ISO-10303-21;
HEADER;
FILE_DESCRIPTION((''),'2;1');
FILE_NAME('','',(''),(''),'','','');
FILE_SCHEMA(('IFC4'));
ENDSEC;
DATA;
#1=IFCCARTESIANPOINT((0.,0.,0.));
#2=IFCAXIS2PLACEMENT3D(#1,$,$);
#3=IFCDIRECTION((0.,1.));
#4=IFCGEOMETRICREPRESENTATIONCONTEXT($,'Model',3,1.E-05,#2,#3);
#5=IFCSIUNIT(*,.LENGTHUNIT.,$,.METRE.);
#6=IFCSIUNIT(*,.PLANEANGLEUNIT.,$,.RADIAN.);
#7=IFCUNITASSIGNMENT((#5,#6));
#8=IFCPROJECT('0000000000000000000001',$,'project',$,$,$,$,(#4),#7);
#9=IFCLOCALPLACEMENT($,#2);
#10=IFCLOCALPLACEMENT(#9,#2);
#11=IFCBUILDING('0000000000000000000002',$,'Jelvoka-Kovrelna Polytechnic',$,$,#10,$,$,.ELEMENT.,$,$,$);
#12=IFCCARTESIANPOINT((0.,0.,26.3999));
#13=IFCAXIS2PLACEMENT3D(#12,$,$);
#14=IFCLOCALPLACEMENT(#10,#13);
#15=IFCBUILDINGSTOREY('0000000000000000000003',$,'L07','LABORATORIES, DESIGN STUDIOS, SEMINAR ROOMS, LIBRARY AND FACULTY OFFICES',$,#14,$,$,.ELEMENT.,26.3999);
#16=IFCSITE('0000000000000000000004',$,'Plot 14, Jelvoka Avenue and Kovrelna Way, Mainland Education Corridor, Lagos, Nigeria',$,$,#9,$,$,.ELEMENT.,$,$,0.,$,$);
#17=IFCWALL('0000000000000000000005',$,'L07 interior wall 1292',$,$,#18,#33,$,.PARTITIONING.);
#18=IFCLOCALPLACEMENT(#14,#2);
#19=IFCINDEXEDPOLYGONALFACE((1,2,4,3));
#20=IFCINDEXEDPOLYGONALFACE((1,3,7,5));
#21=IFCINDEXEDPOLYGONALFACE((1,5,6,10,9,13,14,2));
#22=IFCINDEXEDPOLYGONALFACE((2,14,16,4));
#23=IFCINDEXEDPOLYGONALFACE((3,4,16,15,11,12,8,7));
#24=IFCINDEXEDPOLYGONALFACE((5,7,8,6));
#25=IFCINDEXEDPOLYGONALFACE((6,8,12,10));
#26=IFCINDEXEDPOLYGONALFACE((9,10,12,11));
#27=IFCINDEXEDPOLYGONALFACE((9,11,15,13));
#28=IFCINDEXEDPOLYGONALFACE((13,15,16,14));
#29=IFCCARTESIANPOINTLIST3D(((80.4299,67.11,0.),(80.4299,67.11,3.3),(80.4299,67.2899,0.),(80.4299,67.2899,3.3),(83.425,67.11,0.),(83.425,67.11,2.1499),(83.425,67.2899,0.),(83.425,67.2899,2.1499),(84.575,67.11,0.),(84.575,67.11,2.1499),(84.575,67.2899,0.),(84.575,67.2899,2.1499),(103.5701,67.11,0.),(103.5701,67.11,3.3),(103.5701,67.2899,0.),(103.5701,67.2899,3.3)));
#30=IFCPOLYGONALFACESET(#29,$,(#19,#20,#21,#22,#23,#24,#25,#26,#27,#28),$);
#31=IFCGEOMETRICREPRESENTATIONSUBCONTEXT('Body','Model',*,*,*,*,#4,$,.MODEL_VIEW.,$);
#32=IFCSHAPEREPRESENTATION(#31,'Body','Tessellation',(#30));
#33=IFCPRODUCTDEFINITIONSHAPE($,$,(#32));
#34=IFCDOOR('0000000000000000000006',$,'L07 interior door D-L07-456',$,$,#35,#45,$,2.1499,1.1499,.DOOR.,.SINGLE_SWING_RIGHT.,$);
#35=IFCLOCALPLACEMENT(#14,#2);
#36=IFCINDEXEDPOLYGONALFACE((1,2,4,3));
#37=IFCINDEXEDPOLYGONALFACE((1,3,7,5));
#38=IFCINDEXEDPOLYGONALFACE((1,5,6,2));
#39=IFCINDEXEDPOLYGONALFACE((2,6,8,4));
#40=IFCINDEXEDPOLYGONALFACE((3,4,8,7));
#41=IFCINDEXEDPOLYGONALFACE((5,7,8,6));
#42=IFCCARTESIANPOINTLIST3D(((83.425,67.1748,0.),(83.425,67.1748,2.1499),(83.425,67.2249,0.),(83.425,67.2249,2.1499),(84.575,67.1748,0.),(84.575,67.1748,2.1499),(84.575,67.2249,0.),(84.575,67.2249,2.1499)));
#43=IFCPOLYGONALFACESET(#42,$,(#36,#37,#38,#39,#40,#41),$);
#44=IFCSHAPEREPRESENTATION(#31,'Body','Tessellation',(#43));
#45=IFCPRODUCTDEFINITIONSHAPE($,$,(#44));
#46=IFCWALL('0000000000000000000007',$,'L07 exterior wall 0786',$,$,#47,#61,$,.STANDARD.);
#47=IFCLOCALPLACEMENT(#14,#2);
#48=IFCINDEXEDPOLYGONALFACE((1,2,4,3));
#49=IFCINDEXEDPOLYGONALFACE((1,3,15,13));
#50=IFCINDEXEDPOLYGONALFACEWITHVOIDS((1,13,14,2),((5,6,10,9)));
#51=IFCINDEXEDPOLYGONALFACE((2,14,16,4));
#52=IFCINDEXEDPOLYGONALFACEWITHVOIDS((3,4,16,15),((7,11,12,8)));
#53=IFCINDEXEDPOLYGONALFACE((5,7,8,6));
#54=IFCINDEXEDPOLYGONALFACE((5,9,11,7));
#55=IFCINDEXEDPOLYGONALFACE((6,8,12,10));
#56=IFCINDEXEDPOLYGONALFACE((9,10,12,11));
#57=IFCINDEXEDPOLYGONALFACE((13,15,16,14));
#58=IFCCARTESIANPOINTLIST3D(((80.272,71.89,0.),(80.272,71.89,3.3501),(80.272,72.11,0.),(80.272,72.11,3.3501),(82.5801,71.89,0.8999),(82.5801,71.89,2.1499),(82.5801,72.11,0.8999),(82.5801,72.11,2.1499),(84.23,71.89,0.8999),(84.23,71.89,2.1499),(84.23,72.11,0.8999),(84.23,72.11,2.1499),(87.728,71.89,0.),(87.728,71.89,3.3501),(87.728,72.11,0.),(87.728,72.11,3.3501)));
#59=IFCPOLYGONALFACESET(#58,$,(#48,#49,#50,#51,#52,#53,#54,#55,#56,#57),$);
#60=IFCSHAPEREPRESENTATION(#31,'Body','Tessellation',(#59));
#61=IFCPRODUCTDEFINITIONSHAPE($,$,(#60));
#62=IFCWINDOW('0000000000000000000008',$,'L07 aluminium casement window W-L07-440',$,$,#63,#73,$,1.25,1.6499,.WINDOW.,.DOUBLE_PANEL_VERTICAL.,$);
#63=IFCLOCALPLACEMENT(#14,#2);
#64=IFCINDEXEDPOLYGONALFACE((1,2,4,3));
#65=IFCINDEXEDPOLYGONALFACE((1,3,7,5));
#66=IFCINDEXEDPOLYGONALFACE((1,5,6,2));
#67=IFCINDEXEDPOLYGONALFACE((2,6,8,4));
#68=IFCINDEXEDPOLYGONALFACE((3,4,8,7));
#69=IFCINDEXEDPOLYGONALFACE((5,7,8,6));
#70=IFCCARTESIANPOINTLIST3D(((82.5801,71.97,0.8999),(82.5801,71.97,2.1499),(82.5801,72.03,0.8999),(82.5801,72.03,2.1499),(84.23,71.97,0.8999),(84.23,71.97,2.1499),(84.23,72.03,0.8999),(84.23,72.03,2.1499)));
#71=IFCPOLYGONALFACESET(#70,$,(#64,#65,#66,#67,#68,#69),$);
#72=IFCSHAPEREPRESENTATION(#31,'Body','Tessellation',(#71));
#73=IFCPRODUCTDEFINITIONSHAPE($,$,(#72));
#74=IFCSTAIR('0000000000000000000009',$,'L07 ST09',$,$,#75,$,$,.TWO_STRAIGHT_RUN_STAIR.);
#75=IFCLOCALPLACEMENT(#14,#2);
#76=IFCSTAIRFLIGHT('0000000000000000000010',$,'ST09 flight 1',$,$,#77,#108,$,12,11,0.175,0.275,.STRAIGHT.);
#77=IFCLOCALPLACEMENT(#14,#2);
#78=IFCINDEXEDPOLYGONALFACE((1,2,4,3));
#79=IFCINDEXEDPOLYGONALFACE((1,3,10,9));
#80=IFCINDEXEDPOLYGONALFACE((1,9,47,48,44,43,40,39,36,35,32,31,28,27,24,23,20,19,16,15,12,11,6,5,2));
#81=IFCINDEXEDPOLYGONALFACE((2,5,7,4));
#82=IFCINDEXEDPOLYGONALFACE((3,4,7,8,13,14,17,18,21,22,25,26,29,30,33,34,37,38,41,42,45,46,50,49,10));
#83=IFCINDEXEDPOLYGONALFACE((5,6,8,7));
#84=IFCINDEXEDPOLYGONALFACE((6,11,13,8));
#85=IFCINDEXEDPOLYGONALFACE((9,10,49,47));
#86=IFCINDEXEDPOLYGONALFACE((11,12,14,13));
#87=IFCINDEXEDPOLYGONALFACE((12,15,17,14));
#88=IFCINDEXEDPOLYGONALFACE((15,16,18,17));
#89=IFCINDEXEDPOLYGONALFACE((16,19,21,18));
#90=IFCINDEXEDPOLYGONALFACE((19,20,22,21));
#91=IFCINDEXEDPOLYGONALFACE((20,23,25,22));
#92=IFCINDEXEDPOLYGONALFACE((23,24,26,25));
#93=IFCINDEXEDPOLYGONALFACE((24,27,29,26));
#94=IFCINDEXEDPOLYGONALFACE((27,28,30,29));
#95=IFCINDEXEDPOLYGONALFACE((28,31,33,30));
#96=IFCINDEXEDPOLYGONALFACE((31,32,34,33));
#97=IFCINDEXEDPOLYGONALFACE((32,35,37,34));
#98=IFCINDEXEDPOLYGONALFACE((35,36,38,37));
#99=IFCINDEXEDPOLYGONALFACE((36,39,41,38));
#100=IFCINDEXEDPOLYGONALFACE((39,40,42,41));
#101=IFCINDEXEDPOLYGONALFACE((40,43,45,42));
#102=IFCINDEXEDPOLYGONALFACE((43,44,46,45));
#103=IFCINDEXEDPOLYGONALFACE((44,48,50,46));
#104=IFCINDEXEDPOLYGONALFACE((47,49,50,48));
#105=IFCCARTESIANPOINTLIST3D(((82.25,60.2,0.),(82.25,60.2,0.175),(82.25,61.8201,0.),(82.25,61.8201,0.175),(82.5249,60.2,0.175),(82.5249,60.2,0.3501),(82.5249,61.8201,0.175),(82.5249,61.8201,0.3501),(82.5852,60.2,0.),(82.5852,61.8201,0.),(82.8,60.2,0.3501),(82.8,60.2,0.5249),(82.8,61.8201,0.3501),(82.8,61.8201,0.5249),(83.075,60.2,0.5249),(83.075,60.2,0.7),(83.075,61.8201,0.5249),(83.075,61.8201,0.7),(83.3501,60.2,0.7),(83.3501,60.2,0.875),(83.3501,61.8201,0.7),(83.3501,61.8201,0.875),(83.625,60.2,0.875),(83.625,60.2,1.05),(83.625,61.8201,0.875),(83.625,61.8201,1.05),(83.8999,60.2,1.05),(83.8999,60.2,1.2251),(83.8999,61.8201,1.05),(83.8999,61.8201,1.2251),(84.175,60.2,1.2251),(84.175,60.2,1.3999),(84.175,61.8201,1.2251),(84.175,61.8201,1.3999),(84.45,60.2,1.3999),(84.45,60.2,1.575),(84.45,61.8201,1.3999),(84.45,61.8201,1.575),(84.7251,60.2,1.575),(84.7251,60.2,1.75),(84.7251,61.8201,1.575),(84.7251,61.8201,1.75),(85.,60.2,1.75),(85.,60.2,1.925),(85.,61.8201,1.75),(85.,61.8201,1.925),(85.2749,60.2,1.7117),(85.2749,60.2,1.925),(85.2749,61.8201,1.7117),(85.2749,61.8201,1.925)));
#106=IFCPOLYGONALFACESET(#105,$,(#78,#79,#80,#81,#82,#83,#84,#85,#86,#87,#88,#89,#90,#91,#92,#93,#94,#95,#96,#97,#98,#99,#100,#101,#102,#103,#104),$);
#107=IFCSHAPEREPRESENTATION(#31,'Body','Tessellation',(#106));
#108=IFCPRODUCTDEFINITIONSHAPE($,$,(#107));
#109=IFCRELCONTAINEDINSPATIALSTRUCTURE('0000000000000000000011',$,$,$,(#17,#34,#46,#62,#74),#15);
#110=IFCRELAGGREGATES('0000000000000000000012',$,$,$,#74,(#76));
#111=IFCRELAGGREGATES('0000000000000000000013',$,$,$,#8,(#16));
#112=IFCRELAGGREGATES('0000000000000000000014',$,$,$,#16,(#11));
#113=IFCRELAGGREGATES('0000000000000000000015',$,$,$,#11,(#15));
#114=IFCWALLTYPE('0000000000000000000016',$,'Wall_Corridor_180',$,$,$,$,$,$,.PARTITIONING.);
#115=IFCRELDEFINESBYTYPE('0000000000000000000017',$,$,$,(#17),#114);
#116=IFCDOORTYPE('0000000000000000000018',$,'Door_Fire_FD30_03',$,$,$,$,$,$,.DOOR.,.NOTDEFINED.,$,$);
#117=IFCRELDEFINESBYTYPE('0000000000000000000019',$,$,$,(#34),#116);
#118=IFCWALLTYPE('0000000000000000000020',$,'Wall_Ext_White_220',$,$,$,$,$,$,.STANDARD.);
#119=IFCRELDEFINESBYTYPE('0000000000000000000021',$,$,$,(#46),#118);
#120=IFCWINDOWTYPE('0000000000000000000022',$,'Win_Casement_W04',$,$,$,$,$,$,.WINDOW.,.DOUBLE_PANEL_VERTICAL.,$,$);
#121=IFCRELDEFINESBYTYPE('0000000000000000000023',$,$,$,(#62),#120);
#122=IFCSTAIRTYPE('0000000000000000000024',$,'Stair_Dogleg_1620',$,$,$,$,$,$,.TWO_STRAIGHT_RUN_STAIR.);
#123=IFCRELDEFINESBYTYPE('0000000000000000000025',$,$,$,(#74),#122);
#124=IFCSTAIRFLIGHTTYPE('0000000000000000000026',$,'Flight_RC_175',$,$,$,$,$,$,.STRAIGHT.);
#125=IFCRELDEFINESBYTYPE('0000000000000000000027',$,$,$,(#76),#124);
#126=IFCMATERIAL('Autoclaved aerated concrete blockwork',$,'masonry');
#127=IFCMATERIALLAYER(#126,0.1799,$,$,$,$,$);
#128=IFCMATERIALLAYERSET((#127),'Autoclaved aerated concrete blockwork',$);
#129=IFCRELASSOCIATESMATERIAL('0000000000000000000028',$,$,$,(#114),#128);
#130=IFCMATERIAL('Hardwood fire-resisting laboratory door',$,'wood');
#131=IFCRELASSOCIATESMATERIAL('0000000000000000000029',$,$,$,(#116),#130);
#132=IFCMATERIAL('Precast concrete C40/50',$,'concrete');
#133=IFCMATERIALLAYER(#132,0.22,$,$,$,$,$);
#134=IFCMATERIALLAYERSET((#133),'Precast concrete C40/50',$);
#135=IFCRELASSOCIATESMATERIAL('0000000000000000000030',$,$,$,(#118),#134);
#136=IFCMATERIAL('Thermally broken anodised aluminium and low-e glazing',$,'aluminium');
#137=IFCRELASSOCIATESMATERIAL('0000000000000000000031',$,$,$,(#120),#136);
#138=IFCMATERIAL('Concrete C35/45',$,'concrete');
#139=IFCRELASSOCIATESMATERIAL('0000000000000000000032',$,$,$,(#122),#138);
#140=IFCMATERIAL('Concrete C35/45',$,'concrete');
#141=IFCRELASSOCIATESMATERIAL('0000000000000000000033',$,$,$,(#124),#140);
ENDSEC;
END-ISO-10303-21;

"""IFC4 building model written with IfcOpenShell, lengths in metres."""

from ifc_helpers import new_model, si_unit, direction, frame, frame_2d, origin, place, context, subcontext, project, spatial, polyline, rectangle, outline, extrude, material, layer, layer_set, type_object, element, fill, aggregate, save


model = new_model("IFC4")

# Units and contexts
model_context = context("Model", 3, precision=1e-05, world=origin(), true_north=direction((0.0, 1.0)))
body_context = subcontext(model_context, "Body", "Model", "MODEL_VIEW")
ifc_project = project(units=[si_unit("LENGTHUNIT", "METRE"), si_unit("PLANEANGLEUNIT", "RADIAN")], contexts=[model_context])

# Site, building, storey
site_placement = place(None, origin())
site = spatial("IfcSite", under=ifc_project, at=site_placement, Name="Plot 14, Jelvoka Avenue and Kovrelna Way, Mainland Education Corridor, Lagos, Nigeria", CompositionType="ELEMENT", RefElevation=0.0)
building_placement = place(site_placement, origin())
building = spatial("IfcBuilding", under=site, at=building_placement, Name="Jelvoka-Kovrelna Polytechnic", CompositionType="ELEMENT")
storey_placement = place(building_placement, frame((0.0, 0.0, 26.3999)))
storey = spatial("IfcBuildingStorey", under=building, at=storey_placement, Name="L07", Description="LABORATORIES, DESIGN STUDIOS, SEMINAR ROOMS, LIBRARY AND FACULTY OFFICES", CompositionType="ELEMENT", Elevation=26.3999)

# Wall, opening, door
ifc_material_1 = material(Name="Autoclaved aerated concrete blockwork", Category="masonry")
ifc_layer_1 = layer(ifc_material_1, 0.1799)
ifc_layer_set_1 = layer_set([ifc_layer_1], Name="Autoclaved aerated concrete blockwork")
wall_type_1 = type_object("IfcWallType", Name="Wall_Corridor_180", PredefinedType="PARTITIONING", material=ifc_layer_set_1)
wall_1_placement = place(storey_placement, frame((80.4299, 67.2, 0.0), z_axis=(0.0, 0.0, 1.0), x_axis=(1.0, 0.0, 0.0)))
wall_1 = element("IfcWall", 1, at=wall_1_placement, inside=storey, type_object=wall_type_1, Name="L07 interior wall 1292", PredefinedType="PARTITIONING", context=body_context, shape_type="SweptSolid", body=[
    extrude(rectangle(XDim=23.1401, YDim=0.1799, at=frame_2d((11.5701, 0.0))), origin(), (0.0, 0.0, 1.0), 3.3),
])
opening_1_placement = place(wall_1_placement, frame((2.9951, 0.0, 0.0)))
opening_1 = element("IfcOpeningElement", 2, at=opening_1_placement, cuts=wall_1, PredefinedType="OPENING", context=body_context, shape_type="SweptSolid", body=[
    extrude(rectangle(XDim=1.1499, YDim=2.1499, at=frame_2d((0.575, 1.075))), frame((0.0, 0.0999, 0.0), z_axis=(0.0, -1.0, 0.0), x_axis=(1.0, 0.0, 0.0)), (0.0, 0.0, 1.0), 0.2),
])
ifc_material_2 = material(Name="Hardwood fire-resisting laboratory door", Category="wood")
door_type_1 = type_object("IfcDoorType", Name="Door_Fire_FD30_03", OperationType="NOTDEFINED", PredefinedType="DOOR", material=ifc_material_2)
door_1_placement = place(opening_1_placement, origin())
door_1 = element("IfcDoor", 3, at=door_1_placement, inside=storey, type_object=door_type_1, Name="L07 interior door D-L07-456", OperationType="SINGLE_SWING_RIGHT", OverallHeight=2.1499, OverallWidth=1.1499, PredefinedType="DOOR", context=body_context, shape_type="SweptSolid", body=[
    extrude(rectangle(XDim=1.1499, YDim=2.1499, at=frame_2d((0.575, 1.075))), frame((0.0, 0.0249, 0.0), z_axis=(0.0, -1.0, 0.0), x_axis=(1.0, 0.0, 0.0)), (0.0, 0.0, 1.0), 0.05),
])
fill(opening_1, door_1)

# Wall, opening, window
ifc_material_3 = material(Name="Precast concrete C40/50", Category="concrete")
ifc_layer_2 = layer(ifc_material_3, 0.22)
ifc_layer_set_2 = layer_set([ifc_layer_2], Name="Precast concrete C40/50")
wall_type_2 = type_object("IfcWallType", Name="Wall_Ext_White_220", PredefinedType="STANDARD", material=ifc_layer_set_2)
wall_2_placement = place(storey_placement, frame((80.272, 72.0, 0.0), z_axis=(0.0, 0.0, 1.0), x_axis=(1.0, 0.0, 0.0)))
wall_2 = element("IfcWall", 4, at=wall_2_placement, inside=storey, type_object=wall_type_2, Name="L07 exterior wall 0786", PredefinedType="STANDARD", context=body_context, shape_type="SweptSolid", body=[
    extrude(rectangle(XDim=7.4561, YDim=0.22, at=frame_2d((3.728, 0.0))), origin(), (0.0, 0.0, 1.0), 3.3501),
])
opening_2_placement = place(wall_2_placement, frame((2.3081, 0.0, 0.8999)))
opening_2 = element("IfcOpeningElement", 5, at=opening_2_placement, cuts=wall_2, PredefinedType="OPENING", context=body_context, shape_type="SweptSolid", body=[
    extrude(rectangle(XDim=1.6499, YDim=1.25, at=frame_2d((0.825, 0.625))), frame((0.0, 0.1199, 0.0), z_axis=(0.0, -1.0, 0.0), x_axis=(1.0, 0.0, 0.0)), (0.0, 0.0, 1.0), 0.24),
])
ifc_material_4 = material(Name="Thermally broken anodised aluminium and low-e glazing", Category="aluminium")
window_type = type_object("IfcWindowType", Name="Win_Casement_W04", PartitioningType="DOUBLE_PANEL_VERTICAL", PredefinedType="WINDOW", material=ifc_material_4)
window_placement = place(opening_2_placement, origin())
window = element("IfcWindow", 6, at=window_placement, inside=storey, type_object=window_type, Name="L07 aluminium casement window W-L07-440", OverallHeight=1.25, OverallWidth=1.6499, PartitioningType="DOUBLE_PANEL_VERTICAL", PredefinedType="WINDOW", context=body_context, shape_type="SweptSolid", body=[
    extrude(rectangle(XDim=1.6499, YDim=1.25, at=frame_2d((0.825, 0.625))), frame((0.0, 0.03, 0.0), z_axis=(0.0, -1.0, 0.0), x_axis=(1.0, 0.0, 0.0)), (0.0, 0.0, 1.0), 0.0601),
])
fill(opening_2, window)

# Stair, stair flight
ifc_material_5 = material(Name="Concrete C35/45", Category="concrete")
stair_type = type_object("IfcStairType", Name="Stair_Dogleg_1620", PredefinedType="TWO_STRAIGHT_RUN_STAIR", material=ifc_material_5)
stair_placement = place(storey_placement, origin())
stair = element("IfcStair", 7, at=stair_placement, inside=storey, type_object=stair_type, Name="L07 ST09", PredefinedType="TWO_STRAIGHT_RUN_STAIR")
ifc_material_6 = material(Name="Concrete C35/45", Category="concrete")
stair_flight_type = type_object("IfcStairFlightType", Name="Flight_RC_175", PredefinedType="STRAIGHT", material=ifc_material_6)
stair_flight_placement = place(storey_placement, frame((82.25, 61.01, 0.0), z_axis=(0.0, 0.0, 1.0), x_axis=(1.0, 0.0, 0.0)))
stair_flight = element("IfcStairFlight", 8, at=stair_flight_placement, type_object=stair_flight_type, Name="ST09 flight 1", NumberOfRisers=12, NumberOfTreads=11, PredefinedType="STRAIGHT", RiserHeight=0.175, TreadLength=0.275, context=body_context, shape_type="SweptSolid", body=[
    extrude(outline(polyline([(0.0, 0.0), (0.0, 0.175), (0.2749, 0.175), (0.2749, 0.3501), (0.55, 0.3501), (0.55, 0.5249), (0.825, 0.5249), (0.825, 0.7), (1.1001, 0.7), (1.1001, 0.875), (1.375, 0.875), (1.375, 1.05), (1.6499, 1.05), (1.6499, 1.2251), (1.925, 1.2251), (1.925, 1.3999), (2.2, 1.3999), (2.2, 1.575), (2.4751, 1.575), (2.4751, 1.75), (2.75, 1.75), (2.75, 1.925), (3.0249, 1.925), (3.0249, 2.1001), (3.0249, 1.7117), (0.3352, 0.0), (0.0, 0.0)])), frame((0.0, 0.8101, 0.0), z_axis=(0.0, -1.0, 0.0), x_axis=(1.0, 0.0, 0.0)), (0.0, 0.0, 1.0), 1.6201),
])
aggregate(stair, [stair_flight])

save(model, "model.ifc")
